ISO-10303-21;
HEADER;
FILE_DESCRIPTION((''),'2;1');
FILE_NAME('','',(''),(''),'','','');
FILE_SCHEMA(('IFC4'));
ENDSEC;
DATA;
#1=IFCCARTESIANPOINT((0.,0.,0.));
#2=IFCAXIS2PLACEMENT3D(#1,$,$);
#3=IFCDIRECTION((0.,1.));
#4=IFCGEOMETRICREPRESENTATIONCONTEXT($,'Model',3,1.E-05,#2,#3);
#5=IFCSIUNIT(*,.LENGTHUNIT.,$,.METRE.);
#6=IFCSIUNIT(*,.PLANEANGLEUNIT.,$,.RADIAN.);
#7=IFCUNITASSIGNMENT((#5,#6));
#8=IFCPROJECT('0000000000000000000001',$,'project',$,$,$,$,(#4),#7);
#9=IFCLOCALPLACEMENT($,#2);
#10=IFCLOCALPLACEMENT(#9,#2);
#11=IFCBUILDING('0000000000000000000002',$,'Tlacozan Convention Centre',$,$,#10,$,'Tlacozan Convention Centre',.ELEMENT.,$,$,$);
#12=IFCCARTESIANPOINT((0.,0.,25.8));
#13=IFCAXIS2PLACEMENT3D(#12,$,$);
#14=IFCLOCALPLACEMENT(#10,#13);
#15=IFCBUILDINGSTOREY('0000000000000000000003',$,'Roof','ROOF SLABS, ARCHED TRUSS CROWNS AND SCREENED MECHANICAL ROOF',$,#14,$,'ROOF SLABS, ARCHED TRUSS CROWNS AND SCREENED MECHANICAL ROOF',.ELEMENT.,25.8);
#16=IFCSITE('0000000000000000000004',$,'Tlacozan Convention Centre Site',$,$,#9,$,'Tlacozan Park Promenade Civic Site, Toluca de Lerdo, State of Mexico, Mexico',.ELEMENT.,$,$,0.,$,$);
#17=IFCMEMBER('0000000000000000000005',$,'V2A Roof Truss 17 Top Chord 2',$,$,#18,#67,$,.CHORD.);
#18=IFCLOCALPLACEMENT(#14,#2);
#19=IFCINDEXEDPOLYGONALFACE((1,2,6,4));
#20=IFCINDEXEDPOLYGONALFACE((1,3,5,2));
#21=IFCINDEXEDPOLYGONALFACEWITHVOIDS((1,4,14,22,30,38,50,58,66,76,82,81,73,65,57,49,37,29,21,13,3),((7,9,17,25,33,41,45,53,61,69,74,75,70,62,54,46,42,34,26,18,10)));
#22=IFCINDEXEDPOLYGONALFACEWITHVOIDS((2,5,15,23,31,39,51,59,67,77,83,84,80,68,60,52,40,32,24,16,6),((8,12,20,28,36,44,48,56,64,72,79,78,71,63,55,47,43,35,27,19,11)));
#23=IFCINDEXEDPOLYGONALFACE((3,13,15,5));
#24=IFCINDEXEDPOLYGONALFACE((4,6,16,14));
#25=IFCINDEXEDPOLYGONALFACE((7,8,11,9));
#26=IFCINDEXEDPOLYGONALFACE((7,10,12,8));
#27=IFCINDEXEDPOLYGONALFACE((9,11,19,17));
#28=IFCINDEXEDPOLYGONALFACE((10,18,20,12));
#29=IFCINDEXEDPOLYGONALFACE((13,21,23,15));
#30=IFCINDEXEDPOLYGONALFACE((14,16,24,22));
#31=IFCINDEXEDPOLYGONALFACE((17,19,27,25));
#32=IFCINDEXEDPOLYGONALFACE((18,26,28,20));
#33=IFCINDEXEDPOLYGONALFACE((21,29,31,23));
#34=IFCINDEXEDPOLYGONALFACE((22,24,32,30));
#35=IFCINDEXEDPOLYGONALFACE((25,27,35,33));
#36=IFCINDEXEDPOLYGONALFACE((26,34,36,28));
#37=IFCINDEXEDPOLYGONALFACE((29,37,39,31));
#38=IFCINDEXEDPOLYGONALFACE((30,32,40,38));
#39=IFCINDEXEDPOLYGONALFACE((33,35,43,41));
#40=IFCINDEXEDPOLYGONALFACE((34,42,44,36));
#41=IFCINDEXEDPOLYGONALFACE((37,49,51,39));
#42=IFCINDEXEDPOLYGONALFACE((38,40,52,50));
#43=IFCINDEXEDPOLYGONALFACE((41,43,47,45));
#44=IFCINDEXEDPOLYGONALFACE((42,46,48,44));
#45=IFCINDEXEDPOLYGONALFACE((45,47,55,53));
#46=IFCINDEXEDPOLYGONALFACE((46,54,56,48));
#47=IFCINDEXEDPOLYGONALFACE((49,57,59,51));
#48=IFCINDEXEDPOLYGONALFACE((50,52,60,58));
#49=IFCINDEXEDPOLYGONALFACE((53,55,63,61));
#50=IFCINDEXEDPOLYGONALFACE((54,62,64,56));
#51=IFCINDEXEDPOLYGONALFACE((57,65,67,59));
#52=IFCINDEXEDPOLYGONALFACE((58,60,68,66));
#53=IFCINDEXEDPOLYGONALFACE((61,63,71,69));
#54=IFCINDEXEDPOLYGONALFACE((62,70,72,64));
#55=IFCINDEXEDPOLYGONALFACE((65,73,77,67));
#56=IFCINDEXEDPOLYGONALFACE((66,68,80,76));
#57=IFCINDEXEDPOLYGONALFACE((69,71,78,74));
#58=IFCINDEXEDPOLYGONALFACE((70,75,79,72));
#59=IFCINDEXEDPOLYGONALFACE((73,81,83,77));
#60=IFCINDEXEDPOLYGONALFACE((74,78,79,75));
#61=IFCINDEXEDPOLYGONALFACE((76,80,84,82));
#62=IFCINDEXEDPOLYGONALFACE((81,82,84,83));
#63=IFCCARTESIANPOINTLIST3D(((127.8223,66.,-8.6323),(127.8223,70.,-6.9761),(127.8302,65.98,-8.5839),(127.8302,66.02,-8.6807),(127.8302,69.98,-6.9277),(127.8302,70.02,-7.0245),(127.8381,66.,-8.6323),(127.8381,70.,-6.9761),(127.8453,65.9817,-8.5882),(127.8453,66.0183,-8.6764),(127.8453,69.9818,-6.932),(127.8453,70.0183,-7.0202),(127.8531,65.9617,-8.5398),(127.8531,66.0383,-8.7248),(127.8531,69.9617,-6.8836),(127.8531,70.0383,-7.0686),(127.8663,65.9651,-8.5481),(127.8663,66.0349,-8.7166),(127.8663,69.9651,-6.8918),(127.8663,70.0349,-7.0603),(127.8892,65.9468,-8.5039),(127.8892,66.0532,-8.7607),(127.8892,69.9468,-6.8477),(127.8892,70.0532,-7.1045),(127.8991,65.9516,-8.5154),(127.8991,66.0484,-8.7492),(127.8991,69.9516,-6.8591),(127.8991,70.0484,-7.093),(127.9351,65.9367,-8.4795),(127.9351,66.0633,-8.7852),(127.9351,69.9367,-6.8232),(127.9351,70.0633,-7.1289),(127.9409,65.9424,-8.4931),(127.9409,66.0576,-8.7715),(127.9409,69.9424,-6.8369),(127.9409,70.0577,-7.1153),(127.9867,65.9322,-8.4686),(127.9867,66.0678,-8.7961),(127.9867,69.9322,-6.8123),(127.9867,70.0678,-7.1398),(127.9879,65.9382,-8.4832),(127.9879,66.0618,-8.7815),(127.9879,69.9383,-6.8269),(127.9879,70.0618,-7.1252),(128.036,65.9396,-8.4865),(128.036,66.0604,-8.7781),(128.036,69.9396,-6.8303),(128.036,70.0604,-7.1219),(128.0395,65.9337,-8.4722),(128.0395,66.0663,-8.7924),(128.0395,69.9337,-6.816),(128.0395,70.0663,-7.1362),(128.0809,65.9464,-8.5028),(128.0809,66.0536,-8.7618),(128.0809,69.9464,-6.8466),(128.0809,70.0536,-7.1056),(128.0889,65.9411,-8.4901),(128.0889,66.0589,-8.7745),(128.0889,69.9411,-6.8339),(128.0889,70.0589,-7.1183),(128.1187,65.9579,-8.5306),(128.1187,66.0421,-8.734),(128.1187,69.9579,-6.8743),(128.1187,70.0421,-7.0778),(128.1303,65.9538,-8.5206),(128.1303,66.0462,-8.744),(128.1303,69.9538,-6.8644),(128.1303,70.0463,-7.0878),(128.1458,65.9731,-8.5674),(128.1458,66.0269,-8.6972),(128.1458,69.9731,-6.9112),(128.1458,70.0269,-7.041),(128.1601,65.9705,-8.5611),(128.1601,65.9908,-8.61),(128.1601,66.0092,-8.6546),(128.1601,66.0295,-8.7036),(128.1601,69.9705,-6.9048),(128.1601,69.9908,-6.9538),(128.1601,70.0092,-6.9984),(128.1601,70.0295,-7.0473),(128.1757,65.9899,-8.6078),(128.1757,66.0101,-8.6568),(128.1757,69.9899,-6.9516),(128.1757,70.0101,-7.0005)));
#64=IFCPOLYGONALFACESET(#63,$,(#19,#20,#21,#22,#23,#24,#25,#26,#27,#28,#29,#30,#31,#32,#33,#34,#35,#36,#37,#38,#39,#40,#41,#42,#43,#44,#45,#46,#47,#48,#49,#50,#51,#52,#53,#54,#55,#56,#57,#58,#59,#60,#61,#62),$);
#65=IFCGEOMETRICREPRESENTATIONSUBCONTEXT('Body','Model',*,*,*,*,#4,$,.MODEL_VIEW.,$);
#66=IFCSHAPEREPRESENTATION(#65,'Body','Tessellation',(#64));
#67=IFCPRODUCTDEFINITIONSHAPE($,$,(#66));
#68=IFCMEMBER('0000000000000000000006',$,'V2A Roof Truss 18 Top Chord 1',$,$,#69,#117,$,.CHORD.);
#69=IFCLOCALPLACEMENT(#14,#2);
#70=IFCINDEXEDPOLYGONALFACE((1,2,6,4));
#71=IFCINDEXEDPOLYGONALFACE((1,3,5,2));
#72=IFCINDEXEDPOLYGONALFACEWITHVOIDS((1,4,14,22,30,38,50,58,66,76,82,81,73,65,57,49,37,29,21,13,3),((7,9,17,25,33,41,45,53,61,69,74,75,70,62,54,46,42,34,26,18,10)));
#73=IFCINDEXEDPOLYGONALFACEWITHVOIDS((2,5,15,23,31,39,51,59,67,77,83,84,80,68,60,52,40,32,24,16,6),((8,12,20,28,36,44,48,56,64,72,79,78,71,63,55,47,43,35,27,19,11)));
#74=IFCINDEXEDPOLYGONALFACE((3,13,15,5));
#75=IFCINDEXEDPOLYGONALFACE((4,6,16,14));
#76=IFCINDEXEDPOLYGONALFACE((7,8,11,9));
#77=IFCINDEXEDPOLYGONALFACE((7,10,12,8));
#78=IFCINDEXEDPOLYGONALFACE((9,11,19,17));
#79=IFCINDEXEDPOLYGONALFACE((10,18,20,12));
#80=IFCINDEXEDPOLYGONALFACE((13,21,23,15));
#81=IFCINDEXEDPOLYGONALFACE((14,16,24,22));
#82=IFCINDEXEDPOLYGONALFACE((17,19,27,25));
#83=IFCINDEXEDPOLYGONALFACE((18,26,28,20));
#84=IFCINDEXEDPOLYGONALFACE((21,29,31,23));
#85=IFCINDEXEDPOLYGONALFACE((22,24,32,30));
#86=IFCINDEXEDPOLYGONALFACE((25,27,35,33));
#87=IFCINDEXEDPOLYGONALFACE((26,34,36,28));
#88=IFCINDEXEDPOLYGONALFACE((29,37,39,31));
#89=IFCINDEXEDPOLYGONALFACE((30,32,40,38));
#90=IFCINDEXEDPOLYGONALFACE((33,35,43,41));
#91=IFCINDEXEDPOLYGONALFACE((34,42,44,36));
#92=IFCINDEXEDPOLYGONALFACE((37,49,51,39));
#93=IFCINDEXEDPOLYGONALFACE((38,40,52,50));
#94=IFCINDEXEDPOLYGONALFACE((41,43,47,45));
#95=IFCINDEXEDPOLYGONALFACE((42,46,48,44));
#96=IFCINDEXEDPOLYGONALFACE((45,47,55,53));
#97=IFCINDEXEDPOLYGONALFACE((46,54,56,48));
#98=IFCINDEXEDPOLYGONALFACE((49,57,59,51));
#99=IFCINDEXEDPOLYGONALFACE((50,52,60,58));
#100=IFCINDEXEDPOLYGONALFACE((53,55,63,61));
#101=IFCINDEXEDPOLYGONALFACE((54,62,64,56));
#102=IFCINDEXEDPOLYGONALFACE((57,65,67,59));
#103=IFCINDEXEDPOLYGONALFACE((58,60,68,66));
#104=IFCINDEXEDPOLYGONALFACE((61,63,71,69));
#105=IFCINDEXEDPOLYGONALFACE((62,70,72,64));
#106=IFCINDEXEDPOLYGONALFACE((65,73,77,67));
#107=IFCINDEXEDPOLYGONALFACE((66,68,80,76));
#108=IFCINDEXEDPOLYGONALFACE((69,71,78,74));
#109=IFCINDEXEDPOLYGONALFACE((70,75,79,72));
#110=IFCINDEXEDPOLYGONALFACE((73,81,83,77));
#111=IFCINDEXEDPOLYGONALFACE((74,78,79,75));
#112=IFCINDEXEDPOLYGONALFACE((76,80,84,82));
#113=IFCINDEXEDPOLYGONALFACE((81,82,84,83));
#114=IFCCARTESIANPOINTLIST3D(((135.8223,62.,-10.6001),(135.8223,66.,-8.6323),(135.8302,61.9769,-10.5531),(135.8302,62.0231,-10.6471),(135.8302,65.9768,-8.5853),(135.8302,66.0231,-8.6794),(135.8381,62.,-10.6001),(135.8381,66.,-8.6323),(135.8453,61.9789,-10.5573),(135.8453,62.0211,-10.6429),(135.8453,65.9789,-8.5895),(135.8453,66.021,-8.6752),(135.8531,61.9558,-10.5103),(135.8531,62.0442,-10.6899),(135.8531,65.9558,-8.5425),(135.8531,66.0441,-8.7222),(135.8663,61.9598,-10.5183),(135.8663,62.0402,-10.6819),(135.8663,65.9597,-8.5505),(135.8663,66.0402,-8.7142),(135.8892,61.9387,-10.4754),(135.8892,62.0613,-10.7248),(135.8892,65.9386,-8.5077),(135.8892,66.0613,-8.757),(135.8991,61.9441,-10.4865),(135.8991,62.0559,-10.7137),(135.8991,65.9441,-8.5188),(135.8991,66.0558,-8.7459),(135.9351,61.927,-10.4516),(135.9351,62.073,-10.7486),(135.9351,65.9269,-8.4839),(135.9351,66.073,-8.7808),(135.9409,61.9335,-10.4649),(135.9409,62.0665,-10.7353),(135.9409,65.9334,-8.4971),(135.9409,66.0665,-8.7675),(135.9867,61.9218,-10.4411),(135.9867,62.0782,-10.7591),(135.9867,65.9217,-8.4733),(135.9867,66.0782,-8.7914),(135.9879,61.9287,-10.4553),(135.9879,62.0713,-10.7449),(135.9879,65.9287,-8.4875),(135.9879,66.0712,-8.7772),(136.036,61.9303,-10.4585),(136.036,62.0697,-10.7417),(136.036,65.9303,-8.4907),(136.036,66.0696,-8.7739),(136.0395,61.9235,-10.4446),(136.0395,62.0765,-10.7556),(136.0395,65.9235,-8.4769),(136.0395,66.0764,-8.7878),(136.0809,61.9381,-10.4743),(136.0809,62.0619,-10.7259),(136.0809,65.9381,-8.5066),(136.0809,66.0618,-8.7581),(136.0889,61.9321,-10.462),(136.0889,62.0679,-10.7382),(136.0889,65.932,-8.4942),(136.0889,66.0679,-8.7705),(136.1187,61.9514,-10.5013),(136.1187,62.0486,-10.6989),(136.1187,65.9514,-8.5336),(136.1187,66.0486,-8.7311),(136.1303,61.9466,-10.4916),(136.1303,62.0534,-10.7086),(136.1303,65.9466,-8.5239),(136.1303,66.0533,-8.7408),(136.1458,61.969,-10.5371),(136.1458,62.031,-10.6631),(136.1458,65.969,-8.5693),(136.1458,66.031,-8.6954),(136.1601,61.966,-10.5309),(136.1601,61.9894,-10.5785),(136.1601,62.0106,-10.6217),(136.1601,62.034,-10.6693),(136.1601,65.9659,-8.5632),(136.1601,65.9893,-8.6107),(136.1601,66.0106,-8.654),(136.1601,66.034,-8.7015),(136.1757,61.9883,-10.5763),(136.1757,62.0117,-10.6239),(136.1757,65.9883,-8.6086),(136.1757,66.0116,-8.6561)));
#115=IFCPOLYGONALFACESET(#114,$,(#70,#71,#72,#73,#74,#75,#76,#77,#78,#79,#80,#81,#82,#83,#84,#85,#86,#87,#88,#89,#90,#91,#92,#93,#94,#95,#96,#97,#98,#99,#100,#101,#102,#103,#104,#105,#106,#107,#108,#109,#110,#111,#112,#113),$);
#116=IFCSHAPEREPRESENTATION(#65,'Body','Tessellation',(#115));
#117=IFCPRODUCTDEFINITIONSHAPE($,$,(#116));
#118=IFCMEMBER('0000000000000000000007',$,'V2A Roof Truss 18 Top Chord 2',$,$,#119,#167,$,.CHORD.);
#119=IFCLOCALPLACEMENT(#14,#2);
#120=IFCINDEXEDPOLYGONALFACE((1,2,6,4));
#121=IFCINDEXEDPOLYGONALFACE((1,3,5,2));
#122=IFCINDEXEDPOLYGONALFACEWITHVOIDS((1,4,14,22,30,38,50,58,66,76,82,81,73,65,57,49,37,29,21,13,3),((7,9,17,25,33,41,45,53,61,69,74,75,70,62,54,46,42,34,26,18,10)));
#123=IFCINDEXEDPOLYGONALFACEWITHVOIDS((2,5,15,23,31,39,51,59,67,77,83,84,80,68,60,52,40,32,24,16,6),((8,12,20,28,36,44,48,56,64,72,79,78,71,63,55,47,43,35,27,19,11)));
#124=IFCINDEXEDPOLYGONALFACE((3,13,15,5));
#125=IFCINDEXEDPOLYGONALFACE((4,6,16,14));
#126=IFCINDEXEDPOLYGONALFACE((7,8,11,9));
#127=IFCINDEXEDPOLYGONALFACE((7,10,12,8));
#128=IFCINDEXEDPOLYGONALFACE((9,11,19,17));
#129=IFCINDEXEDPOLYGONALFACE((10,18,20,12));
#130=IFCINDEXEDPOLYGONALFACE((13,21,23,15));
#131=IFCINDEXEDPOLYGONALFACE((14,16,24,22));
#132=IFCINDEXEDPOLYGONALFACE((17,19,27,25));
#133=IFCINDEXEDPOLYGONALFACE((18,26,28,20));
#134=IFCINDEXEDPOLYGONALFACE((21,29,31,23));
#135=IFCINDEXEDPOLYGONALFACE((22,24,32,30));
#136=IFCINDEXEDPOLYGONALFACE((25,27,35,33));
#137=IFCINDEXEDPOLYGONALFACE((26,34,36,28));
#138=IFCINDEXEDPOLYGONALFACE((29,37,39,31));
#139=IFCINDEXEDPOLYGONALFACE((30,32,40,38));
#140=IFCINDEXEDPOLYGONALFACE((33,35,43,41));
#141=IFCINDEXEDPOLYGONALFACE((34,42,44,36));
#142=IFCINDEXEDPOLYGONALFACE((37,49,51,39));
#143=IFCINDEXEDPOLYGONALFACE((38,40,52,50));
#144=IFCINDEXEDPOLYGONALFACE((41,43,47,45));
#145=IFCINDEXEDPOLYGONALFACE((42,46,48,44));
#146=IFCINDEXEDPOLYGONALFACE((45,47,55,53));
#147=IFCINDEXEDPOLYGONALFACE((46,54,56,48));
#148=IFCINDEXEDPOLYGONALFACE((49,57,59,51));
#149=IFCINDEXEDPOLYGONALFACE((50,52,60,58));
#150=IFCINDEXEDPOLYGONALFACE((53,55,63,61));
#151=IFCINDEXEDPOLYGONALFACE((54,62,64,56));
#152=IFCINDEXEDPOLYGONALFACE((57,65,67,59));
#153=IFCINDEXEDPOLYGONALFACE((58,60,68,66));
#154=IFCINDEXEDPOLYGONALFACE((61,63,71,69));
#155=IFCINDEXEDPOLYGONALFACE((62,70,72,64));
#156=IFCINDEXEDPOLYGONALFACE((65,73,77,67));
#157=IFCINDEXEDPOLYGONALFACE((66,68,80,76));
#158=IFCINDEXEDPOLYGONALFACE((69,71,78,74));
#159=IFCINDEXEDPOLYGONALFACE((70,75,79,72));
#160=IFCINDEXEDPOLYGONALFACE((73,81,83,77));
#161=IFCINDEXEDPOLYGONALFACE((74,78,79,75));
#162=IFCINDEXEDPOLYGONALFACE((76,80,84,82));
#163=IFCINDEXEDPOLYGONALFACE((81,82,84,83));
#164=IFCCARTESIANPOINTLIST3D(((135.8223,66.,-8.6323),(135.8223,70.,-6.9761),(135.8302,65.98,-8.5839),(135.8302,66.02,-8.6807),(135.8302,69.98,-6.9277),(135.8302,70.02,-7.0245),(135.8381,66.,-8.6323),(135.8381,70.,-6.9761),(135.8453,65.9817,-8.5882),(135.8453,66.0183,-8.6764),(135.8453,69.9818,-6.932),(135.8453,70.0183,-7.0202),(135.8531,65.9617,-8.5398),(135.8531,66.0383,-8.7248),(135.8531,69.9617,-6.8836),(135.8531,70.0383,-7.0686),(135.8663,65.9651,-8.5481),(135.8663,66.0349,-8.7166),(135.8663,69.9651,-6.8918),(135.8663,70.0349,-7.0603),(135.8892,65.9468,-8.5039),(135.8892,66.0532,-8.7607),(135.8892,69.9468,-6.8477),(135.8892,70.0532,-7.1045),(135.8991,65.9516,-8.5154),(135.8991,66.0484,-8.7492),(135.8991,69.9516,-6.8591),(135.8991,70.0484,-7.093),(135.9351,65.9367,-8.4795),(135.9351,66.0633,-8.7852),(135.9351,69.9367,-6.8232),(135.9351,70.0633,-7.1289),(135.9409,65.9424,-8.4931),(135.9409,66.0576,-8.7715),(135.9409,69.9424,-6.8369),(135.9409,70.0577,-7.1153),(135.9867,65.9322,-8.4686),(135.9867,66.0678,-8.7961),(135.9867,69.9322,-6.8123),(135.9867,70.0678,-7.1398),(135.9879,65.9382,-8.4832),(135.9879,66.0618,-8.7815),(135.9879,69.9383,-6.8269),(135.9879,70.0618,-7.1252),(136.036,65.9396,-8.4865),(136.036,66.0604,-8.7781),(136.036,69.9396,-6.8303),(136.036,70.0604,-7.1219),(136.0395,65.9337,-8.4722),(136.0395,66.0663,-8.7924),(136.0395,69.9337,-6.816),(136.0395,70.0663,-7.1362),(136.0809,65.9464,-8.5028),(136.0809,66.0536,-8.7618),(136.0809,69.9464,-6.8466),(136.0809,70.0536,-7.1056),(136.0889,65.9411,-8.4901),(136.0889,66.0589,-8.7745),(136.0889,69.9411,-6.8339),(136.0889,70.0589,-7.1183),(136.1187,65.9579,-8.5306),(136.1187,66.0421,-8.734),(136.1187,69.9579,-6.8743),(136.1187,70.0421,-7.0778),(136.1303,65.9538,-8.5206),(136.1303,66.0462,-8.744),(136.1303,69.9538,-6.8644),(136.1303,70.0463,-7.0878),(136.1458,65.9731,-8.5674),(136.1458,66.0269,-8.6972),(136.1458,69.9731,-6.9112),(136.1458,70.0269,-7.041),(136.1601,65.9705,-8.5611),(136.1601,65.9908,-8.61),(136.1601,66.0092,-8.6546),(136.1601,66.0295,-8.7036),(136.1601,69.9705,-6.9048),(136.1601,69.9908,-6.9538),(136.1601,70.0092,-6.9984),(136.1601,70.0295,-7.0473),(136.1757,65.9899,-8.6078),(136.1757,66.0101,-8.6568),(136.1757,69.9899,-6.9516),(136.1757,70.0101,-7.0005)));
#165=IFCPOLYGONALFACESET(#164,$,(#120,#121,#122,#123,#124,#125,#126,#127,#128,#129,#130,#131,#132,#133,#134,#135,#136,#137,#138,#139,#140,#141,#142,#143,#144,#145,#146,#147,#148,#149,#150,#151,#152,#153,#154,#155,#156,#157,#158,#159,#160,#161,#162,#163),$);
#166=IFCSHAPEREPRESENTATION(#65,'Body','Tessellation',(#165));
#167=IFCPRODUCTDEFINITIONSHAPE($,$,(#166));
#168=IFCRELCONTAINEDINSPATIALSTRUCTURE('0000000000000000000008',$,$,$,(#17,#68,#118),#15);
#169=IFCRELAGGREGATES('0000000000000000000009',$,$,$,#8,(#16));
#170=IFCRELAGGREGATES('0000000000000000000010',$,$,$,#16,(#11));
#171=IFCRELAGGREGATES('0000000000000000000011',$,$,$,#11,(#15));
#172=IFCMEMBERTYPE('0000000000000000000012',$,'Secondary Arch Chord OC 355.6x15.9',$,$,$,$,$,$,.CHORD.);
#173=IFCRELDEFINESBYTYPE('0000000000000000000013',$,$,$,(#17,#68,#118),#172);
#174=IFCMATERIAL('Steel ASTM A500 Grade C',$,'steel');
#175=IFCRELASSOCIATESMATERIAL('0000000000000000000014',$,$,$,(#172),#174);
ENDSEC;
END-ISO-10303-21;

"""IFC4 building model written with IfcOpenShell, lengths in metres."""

from ifc_helpers import new_model, si_unit, direction, frame, origin, origin_2d, place, context, subcontext, project, spatial, hollow_circle, extrude, material, material_profile, profile_set, type_object, element, save


model = new_model("IFC4")

# Units and contexts
model_context = context("Model", 3, precision=1e-05, world=origin(), true_north=direction((0.0, 1.0)))
body_context = subcontext(model_context, "Body", "Model", "MODEL_VIEW")
ifc_project = project(units=[si_unit("LENGTHUNIT", "METRE"), si_unit("PLANEANGLEUNIT", "RADIAN")], contexts=[model_context])

# Site, building, storey
site_placement = place(None, origin())
site = spatial("IfcSite", under=ifc_project, at=site_placement, Name="Tlacozan Convention Centre Site", LongName="Tlacozan Park Promenade Civic Site, Toluca de Lerdo, State of Mexico, Mexico", CompositionType="ELEMENT", RefElevation=0.0)
building_placement = place(site_placement, origin())
building = spatial("IfcBuilding", under=site, at=building_placement, Name="Tlacozan Convention Centre", LongName="Tlacozan Convention Centre", CompositionType="ELEMENT")
storey_placement = place(building_placement, frame((0.0, 0.0, 25.8)))
storey = spatial("IfcBuildingStorey", under=building, at=storey_placement, Name="Roof", Description="ROOF SLABS, ARCHED TRUSS CROWNS AND SCREENED MECHANICAL ROOF", LongName="ROOF SLABS, ARCHED TRUSS CROWNS AND SCREENED MECHANICAL ROOF", CompositionType="ELEMENT", Elevation=25.8)

# Members
ifc_material_1 = material(Name="Steel ASTM A500 Grade C", Category="steel")
ifc_material_profile_1 = material_profile(ifc_material_1, hollow_circle(Radius=0.1777, WallThickness=0.0159, at=origin_2d()), Name="OC 355.6x15.9")
ifc_profile_set_1 = profile_set([ifc_material_profile_1], Name="Steel ASTM A500 Grade C")
member_type_1 = type_object("IfcMemberType", Name="Secondary Arch Chord OC 355.6x15.9", PredefinedType="CHORD", material=ifc_profile_set_1)
member_1_placement = place(storey_placement, frame((128.0, 66.0, -8.6323), z_axis=(0.0, 0.923929, 0.382564), x_axis=(-1.0, 0.0, 0.0)))
element("IfcMember", 1, at=member_1_placement, inside=storey, type_object=member_type_1, Name="V2A Roof Truss 17 Top Chord 2", PredefinedType="CHORD", context=body_context, shape_type="SweptSolid", body=[
    extrude(hollow_circle(Radius=0.1777, WallThickness=0.0159, at=origin_2d()), origin(), (0.0, 0.0, 1.0), 4.3293),
])
member_2_placement = place(storey_placement, frame((136.0, 62.0, -10.6001), z_axis=(0.0, 0.8973, 0.441421), x_axis=(-1.0, 0.0, 0.0)))
element("IfcMember", 2, at=member_2_placement, inside=storey, type_object=member_type_1, Name="V2A Roof Truss 18 Top Chord 1", PredefinedType="CHORD", context=body_context, shape_type="SweptSolid", body=[
    extrude(hollow_circle(Radius=0.1777, WallThickness=0.0159, at=origin_2d()), origin(), (0.0, 0.0, 1.0), 4.4578),
])
member_3_placement = place(storey_placement, frame((136.0, 66.0, -8.6323), z_axis=(0.0, 0.923929, 0.382564), x_axis=(-1.0, 0.0, 0.0)))
element("IfcMember", 3, at=member_3_placement, inside=storey, type_object=member_type_1, Name="V2A Roof Truss 18 Top Chord 2", PredefinedType="CHORD", context=body_context, shape_type="SweptSolid", body=[
    extrude(hollow_circle(Radius=0.1777, WallThickness=0.0159, at=origin_2d()), origin(), (0.0, 0.0, 1.0), 4.3293),
])

save(model, "model.ifc")
